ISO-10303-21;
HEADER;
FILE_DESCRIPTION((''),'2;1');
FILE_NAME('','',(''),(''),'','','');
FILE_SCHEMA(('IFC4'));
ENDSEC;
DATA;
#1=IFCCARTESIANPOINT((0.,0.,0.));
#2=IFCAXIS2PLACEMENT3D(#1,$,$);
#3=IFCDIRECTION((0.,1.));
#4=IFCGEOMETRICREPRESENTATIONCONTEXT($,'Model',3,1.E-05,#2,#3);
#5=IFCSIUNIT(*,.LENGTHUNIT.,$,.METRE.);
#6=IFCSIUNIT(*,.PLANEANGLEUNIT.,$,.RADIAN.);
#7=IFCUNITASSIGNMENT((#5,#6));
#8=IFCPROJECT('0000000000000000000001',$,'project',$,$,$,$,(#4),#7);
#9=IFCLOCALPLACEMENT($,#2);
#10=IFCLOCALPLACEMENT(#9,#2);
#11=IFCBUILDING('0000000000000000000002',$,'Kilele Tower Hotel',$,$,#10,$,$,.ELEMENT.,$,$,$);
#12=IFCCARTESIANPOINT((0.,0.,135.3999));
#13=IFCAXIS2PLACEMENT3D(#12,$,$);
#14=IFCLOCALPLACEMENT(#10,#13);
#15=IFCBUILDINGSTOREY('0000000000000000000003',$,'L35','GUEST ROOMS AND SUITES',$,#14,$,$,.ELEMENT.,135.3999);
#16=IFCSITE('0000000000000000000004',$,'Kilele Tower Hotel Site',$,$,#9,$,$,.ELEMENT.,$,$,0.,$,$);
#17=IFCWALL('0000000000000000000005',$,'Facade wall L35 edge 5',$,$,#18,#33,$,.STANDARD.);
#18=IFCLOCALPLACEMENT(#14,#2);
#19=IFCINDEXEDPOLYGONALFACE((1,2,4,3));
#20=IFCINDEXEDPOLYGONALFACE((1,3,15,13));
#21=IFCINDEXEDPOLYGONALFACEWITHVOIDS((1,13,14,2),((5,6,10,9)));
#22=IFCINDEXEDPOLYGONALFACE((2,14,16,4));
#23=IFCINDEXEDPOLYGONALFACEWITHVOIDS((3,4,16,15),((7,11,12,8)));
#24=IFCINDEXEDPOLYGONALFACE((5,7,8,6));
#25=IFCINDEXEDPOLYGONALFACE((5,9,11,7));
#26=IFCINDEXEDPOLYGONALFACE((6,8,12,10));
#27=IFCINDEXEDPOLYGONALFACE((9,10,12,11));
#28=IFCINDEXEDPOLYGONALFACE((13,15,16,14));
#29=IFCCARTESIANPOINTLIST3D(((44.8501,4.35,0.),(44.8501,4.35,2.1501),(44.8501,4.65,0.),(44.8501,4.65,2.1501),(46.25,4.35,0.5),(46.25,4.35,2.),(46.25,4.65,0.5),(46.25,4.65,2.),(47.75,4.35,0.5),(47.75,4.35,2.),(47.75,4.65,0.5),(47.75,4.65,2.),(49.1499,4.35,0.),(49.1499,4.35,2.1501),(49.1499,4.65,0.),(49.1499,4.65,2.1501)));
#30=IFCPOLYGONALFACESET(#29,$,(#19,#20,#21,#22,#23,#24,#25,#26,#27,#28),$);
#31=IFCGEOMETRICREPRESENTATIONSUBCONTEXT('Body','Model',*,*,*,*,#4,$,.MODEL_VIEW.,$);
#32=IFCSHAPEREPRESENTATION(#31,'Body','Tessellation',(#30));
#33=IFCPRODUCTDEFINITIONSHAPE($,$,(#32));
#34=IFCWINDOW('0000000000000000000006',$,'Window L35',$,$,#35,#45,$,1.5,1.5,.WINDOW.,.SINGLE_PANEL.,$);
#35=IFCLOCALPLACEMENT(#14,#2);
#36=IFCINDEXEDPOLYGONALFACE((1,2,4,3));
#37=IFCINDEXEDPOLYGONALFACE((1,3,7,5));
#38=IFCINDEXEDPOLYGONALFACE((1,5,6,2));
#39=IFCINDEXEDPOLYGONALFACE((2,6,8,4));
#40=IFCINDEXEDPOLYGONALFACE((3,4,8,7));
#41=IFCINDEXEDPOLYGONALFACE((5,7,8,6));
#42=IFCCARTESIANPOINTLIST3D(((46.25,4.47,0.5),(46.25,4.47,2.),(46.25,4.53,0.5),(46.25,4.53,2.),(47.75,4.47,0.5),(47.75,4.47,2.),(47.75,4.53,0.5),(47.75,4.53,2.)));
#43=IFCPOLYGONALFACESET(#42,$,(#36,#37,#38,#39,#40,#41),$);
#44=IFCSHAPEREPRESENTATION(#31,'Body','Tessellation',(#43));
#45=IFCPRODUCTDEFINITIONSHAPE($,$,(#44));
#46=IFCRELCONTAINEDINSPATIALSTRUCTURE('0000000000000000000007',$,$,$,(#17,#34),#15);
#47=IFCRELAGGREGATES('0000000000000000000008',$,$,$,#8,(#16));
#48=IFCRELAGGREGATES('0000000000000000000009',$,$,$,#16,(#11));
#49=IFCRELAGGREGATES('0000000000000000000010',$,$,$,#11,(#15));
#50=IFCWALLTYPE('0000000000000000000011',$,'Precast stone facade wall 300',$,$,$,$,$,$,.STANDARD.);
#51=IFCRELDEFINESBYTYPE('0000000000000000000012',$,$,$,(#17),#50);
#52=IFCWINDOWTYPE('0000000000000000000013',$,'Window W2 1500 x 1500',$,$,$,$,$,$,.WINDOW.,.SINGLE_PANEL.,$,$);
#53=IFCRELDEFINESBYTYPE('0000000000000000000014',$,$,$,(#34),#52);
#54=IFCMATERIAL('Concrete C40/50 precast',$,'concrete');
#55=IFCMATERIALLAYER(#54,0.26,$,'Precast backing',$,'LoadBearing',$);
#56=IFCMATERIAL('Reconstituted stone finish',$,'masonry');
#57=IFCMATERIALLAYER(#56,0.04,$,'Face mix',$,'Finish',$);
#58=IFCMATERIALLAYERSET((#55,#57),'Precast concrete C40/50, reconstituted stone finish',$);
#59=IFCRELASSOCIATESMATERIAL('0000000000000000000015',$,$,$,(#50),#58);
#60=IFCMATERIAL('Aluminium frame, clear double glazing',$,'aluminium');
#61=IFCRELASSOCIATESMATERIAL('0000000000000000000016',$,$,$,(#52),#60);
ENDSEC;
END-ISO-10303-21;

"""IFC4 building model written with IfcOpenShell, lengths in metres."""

from ifc_helpers import new_model, si_unit, direction, frame, frame_2d, origin, place, context, subcontext, project, spatial, rectangle, extrude, material, layer, layer_set, type_object, element, fill, save


model = new_model("IFC4")

# Units and contexts
model_context = context("Model", 3, precision=1e-05, world=origin(), true_north=direction((0.0, 1.0)))
body_context = subcontext(model_context, "Body", "Model", "MODEL_VIEW")
ifc_project = project(units=[si_unit("LENGTHUNIT", "METRE"), si_unit("PLANEANGLEUNIT", "RADIAN")], contexts=[model_context])

# Site, building, storey
site_placement = place(None, origin())
site = spatial("IfcSite", under=ifc_project, at=site_placement, Name="Kilele Tower Hotel Site", CompositionType="ELEMENT", RefElevation=0.0)
building_placement = place(site_placement, origin())
building = spatial("IfcBuilding", under=site, at=building_placement, Name="Kilele Tower Hotel", CompositionType="ELEMENT")
storey_placement = place(building_placement, frame((0.0, 0.0, 135.3999)))
storey = spatial("IfcBuildingStorey", under=building, at=storey_placement, Name="L35", Description="GUEST ROOMS AND SUITES", CompositionType="ELEMENT", Elevation=135.3999)

# Wall, opening, window
ifc_material_1 = material(Name="Concrete C40/50 precast", Category="concrete")
ifc_layer_1 = layer(ifc_material_1, 0.26, Name="Precast backing", Category="LoadBearing")
ifc_material_2 = material(Name="Reconstituted stone finish", Category="masonry")
ifc_layer_2 = layer(ifc_material_2, 0.04, Name="Face mix", Category="Finish")
ifc_layer_set_1 = layer_set([ifc_layer_1, ifc_layer_2], Name="Precast concrete C40/50, reconstituted stone finish")
wall_type_1 = type_object("IfcWallType", Name="Precast stone facade wall 300", PredefinedType="STANDARD", material=ifc_layer_set_1)
ifc_material_3 = material(Name="Aluminium frame, clear double glazing", Category="aluminium")
window_type = type_object("IfcWindowType", Name="Window W2 1500 x 1500", PartitioningType="SINGLE_PANEL", PredefinedType="WINDOW", material=ifc_material_3)
wall_1_placement = place(storey_placement, frame((44.8501, 4.5, 0.0), z_axis=(0.0, 0.0, 1.0), x_axis=(1.0, 0.0, 0.0)))
wall_1 = element("IfcWall", 1, at=wall_1_placement, inside=storey, type_object=wall_type_1, Name="Facade wall L35 edge 5", PredefinedType="STANDARD", context=body_context, shape_type="SweptSolid", body=[
    extrude(rectangle(XDim=4.2998, YDim=0.3, at=frame_2d((2.1499, 0.0))), origin(), (0.0, 0.0, 1.0), 2.1501),
])
opening_1_placement = place(wall_1_placement, frame((1.3999, 0.0, 0.5)))
opening_1 = element("IfcOpeningElement", 2, at=opening_1_placement, cuts=wall_1, PredefinedType="OPENING", context=body_context, shape_type="SweptSolid", body=[
    extrude(rectangle(XDim=1.5, YDim=1.5, at=frame_2d((0.75, 0.75))), frame((0.0, 0.1599, 0.0), z_axis=(0.0, -1.0, 0.0), x_axis=(1.0, 0.0, 0.0)), (0.0, 0.0, 1.0), 0.3201),
])
window_1_placement = place(opening_1_placement, origin())
window_1 = element("IfcWindow", 3, at=window_1_placement, inside=storey, type_object=window_type, Name="Window L35", OverallHeight=1.5, OverallWidth=1.5, PartitioningType="SINGLE_PANEL", PredefinedType="WINDOW", context=body_context, shape_type="SweptSolid", body=[
    extrude(rectangle(XDim=1.5, YDim=1.5, at=frame_2d((0.75, 0.75))), frame((0.0, 0.03, 0.0), z_axis=(0.0, -1.0, 0.0), x_axis=(1.0, 0.0, 0.0)), (0.0, 0.0, 1.0), 0.0601),
])
fill(opening_1, window_1)

save(model, "model.ifc")
